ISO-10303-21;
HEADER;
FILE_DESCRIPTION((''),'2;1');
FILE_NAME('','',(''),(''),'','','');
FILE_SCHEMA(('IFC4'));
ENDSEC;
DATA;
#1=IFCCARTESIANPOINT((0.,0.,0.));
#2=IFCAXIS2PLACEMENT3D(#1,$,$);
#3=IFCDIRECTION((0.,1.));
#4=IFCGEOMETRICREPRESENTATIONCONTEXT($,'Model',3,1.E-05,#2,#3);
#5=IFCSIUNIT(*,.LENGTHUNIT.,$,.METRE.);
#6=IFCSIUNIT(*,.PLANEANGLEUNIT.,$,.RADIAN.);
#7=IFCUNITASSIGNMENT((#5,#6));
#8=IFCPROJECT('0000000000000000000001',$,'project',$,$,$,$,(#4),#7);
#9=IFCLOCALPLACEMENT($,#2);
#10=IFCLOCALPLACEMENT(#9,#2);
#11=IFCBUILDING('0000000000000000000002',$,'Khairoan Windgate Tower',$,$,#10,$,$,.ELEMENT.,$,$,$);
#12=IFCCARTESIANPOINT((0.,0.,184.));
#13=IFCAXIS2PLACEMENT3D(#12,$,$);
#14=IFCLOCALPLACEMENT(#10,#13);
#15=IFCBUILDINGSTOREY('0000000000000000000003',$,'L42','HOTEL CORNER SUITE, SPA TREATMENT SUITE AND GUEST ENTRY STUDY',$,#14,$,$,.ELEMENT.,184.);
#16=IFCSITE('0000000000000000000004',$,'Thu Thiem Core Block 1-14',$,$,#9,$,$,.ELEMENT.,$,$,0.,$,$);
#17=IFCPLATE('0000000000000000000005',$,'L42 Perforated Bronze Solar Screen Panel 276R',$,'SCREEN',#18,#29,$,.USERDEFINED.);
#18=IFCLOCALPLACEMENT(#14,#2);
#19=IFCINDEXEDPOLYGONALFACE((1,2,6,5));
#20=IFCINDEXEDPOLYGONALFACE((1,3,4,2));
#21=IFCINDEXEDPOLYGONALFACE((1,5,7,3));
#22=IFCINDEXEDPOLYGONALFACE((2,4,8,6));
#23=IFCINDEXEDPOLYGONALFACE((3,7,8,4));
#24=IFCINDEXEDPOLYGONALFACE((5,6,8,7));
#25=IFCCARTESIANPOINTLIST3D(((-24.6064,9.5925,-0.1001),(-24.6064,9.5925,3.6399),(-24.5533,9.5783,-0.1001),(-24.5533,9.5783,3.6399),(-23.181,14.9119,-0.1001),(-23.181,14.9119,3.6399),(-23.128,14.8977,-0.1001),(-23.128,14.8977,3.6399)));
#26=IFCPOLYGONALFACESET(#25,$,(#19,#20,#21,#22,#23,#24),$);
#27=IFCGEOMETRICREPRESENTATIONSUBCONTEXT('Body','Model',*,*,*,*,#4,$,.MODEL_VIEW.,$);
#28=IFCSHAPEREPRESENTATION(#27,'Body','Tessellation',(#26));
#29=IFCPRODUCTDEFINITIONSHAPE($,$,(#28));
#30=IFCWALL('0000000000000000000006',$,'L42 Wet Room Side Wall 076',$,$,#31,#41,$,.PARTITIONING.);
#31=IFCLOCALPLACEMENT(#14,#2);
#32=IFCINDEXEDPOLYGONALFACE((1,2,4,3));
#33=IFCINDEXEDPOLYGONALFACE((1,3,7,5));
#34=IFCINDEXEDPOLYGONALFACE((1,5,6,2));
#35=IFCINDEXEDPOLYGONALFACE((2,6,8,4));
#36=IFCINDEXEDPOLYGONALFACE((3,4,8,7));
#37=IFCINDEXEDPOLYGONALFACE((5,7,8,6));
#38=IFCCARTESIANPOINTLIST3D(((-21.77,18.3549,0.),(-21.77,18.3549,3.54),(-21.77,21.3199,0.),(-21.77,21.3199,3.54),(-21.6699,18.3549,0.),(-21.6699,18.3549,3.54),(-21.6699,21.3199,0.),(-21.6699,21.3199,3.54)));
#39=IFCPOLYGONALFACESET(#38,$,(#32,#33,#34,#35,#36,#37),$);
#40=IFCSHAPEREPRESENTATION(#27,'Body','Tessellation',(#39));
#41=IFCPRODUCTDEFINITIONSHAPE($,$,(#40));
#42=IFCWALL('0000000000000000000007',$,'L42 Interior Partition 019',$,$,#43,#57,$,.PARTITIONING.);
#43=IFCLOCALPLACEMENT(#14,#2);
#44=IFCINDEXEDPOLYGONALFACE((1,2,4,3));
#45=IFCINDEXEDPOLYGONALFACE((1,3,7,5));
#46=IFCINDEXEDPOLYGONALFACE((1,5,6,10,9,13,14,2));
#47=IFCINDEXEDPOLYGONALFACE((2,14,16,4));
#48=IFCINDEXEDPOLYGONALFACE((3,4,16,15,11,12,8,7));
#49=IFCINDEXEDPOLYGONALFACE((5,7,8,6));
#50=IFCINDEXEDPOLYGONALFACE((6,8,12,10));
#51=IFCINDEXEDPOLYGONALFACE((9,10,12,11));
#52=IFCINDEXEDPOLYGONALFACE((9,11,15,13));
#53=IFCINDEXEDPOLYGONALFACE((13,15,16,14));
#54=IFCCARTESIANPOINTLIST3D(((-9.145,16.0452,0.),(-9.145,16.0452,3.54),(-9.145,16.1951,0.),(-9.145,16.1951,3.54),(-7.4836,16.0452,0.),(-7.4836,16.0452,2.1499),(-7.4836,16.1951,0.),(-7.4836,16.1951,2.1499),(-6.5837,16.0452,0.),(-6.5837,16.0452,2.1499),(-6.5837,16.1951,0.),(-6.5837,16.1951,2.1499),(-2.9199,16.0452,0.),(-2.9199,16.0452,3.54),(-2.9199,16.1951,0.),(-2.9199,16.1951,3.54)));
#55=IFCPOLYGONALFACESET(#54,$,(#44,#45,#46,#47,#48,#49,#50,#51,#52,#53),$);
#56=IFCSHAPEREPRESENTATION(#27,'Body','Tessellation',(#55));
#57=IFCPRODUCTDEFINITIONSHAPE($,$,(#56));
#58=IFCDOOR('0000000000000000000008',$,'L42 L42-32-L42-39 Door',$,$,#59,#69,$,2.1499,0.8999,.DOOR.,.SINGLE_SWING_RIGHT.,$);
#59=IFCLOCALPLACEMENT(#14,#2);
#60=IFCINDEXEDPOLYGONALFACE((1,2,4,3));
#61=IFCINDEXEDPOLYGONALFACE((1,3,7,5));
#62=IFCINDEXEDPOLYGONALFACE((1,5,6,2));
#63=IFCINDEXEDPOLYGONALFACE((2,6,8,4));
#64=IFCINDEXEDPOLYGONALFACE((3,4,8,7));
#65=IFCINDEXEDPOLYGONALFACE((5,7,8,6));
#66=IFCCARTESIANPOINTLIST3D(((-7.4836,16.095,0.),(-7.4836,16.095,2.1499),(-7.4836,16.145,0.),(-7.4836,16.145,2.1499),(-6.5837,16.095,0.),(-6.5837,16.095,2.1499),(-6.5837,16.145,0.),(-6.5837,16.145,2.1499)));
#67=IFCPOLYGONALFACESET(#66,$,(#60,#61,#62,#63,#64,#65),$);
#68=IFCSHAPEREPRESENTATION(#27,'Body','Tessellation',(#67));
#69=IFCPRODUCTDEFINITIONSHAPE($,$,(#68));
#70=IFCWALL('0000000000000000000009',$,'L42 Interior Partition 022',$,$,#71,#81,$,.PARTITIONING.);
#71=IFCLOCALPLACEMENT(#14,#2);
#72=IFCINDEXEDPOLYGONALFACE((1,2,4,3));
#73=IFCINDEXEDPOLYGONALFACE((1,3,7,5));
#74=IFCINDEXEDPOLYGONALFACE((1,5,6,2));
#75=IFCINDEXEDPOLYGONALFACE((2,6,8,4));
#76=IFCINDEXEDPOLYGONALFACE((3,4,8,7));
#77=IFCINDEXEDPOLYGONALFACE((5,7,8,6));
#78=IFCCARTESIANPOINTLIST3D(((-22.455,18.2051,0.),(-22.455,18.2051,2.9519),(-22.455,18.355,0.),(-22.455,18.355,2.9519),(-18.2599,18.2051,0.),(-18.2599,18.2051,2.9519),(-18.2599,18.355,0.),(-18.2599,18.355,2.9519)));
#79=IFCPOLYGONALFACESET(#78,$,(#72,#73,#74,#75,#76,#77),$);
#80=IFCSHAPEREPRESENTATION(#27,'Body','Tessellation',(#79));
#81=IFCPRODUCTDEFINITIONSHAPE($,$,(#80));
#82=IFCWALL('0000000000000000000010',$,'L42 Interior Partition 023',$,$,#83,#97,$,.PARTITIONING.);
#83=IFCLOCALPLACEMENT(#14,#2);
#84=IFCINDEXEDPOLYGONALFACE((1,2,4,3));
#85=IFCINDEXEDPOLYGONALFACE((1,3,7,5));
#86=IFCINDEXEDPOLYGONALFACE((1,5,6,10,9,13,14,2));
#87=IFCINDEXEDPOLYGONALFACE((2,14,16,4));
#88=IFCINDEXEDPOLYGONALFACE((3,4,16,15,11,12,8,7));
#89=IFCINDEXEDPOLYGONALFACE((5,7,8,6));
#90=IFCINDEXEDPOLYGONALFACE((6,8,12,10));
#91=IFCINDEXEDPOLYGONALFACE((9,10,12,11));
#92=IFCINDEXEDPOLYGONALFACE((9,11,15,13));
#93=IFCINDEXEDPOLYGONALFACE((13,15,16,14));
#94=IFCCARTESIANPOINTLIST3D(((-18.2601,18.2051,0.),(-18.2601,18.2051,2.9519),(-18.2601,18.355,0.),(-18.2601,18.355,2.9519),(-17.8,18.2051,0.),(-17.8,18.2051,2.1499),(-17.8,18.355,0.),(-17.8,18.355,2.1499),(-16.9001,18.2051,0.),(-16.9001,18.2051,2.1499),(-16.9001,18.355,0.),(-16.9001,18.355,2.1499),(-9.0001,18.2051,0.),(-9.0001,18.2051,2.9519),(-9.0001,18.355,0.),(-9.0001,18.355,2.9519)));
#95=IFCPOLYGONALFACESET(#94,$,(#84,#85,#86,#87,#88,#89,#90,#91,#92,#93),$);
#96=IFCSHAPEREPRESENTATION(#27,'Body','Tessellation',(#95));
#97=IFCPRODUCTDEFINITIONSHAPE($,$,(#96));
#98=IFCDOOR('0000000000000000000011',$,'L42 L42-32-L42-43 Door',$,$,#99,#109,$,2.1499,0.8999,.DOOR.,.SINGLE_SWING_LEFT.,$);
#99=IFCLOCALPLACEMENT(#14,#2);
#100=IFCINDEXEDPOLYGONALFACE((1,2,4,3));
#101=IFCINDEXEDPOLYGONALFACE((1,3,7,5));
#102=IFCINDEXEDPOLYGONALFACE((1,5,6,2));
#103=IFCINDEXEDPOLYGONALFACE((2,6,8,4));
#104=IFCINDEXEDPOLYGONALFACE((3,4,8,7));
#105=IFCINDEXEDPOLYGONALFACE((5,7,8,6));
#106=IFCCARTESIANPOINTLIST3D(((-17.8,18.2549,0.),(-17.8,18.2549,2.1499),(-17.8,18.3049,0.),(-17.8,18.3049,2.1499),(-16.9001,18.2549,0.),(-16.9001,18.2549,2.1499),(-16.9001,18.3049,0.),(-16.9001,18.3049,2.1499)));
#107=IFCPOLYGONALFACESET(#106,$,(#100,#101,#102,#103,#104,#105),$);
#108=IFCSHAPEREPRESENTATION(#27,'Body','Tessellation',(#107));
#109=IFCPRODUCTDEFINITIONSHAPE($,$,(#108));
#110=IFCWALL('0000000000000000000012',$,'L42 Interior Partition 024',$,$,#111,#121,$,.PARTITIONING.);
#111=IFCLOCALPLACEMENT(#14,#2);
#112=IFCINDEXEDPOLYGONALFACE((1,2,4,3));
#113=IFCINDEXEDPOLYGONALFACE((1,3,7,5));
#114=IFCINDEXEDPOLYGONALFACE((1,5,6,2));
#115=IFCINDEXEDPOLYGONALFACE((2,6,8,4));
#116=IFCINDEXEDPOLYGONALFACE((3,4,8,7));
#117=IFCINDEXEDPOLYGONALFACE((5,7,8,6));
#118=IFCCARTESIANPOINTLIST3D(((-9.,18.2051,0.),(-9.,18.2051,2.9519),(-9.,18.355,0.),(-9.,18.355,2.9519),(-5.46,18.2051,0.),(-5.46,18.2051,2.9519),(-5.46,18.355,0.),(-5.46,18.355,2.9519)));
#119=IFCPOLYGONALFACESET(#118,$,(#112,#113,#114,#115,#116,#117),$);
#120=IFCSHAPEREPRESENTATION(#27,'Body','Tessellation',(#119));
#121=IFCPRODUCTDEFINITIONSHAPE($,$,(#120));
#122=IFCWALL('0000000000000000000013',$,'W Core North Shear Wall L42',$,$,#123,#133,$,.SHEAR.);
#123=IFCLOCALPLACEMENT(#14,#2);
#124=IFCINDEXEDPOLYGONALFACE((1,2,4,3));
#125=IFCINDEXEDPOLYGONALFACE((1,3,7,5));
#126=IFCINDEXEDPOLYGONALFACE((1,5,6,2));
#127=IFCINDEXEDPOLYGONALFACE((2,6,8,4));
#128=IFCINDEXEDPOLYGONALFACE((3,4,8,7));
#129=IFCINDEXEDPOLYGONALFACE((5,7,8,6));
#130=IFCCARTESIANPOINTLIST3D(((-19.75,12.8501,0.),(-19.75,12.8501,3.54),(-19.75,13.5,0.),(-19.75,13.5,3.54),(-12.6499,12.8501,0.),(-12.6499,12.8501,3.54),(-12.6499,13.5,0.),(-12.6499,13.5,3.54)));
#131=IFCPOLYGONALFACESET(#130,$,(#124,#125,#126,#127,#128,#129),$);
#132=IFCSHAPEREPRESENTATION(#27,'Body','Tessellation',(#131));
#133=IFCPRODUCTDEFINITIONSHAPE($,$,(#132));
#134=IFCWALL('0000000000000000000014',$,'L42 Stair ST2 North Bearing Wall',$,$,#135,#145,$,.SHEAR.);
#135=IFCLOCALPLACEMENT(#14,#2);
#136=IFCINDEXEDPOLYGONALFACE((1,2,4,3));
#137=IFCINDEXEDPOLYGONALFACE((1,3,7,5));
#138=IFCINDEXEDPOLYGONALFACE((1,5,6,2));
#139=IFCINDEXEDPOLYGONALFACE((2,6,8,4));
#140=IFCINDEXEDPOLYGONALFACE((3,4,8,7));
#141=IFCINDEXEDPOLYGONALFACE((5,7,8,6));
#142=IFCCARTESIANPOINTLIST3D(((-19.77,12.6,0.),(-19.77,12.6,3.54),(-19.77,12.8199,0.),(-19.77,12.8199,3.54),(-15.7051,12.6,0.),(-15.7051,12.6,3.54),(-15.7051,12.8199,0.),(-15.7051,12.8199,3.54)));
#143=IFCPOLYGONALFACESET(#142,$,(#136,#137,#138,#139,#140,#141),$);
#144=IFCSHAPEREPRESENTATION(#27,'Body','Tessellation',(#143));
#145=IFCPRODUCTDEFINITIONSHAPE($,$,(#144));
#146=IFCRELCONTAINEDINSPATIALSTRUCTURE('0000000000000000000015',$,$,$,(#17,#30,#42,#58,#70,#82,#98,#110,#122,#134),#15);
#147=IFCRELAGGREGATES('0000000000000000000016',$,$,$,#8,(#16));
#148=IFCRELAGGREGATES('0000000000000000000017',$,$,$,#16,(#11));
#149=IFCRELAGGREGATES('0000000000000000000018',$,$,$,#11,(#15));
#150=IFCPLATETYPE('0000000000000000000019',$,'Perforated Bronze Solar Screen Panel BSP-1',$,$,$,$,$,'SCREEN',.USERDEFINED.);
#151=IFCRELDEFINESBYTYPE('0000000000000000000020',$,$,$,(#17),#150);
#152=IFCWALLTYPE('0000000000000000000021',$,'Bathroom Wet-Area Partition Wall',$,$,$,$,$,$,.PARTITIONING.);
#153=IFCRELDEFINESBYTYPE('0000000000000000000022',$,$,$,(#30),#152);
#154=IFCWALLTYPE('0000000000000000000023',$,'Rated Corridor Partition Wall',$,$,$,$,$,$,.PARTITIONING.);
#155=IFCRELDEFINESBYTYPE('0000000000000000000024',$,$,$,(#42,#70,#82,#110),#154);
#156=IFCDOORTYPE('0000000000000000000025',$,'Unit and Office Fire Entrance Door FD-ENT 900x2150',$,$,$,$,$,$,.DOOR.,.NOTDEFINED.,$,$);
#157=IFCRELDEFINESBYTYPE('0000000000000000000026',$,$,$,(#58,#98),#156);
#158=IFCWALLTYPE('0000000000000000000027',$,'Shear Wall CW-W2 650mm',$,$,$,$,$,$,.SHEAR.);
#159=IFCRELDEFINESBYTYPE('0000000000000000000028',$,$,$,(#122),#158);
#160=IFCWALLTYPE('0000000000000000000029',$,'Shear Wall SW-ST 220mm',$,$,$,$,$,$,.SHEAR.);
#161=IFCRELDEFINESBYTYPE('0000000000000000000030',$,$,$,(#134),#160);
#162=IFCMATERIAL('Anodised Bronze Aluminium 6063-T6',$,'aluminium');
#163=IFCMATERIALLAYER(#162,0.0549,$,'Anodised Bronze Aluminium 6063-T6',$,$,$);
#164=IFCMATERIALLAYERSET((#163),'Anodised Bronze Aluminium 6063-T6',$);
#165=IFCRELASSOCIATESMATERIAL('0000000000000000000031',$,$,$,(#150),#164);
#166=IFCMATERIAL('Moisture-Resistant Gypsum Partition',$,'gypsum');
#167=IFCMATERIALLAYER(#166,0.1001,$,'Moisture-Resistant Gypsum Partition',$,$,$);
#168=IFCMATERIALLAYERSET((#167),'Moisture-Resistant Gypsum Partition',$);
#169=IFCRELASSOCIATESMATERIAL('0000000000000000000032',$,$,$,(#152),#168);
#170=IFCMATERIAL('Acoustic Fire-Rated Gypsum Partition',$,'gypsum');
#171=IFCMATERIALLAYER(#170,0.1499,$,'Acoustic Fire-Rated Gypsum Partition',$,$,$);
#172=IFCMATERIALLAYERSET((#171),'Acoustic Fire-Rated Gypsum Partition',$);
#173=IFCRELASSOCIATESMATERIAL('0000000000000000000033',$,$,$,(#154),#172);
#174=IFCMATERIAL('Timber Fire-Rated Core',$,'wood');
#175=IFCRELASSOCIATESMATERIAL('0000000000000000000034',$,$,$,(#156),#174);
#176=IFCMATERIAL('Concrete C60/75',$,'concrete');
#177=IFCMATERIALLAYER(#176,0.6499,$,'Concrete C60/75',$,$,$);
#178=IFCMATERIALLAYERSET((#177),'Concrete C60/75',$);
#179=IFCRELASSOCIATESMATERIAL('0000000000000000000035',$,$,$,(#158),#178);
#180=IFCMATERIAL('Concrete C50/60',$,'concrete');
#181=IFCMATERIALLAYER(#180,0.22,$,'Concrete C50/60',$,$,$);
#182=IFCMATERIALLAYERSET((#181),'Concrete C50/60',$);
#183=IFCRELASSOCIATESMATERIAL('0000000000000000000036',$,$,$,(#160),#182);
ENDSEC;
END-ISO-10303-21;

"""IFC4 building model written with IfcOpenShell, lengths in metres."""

from ifc_helpers import new_model, si_unit, direction, frame, frame_2d, origin, origin_2d, place, context, subcontext, project, spatial, rectangle, extrude, material, layer, layer_set, type_object, element, fill, save


model = new_model("IFC4")

# Units and contexts
model_context = context("Model", 3, precision=1e-05, world=origin(), true_north=direction((0.0, 1.0)))
body_context = subcontext(model_context, "Body", "Model", "MODEL_VIEW")
ifc_project = project(units=[si_unit("LENGTHUNIT", "METRE"), si_unit("PLANEANGLEUNIT", "RADIAN")], contexts=[model_context])

# Site, building, storey
site_placement = place(None, origin())
site = spatial("IfcSite", under=ifc_project, at=site_placement, Name="Thu Thiem Core Block 1-14", CompositionType="ELEMENT", RefElevation=0.0)
building_placement = place(site_placement, origin())
building = spatial("IfcBuilding", under=site, at=building_placement, Name="Khairoan Windgate Tower", CompositionType="ELEMENT")
storey_placement = place(building_placement, frame((0.0, 0.0, 184.0)))
storey = spatial("IfcBuildingStorey", under=building, at=storey_placement, Name="L42", Description="HOTEL CORNER SUITE, SPA TREATMENT SUITE AND GUEST ENTRY STUDY", CompositionType="ELEMENT", Elevation=184.0)

# Plate
ifc_material_1 = material(Name="Anodised Bronze Aluminium 6063-T6", Category="aluminium")
ifc_layer_1 = layer(ifc_material_1, 0.0549, Name="Anodised Bronze Aluminium 6063-T6")
ifc_layer_set_1 = layer_set([ifc_layer_1], Name="Anodised Bronze Aluminium 6063-T6")
plate_type = type_object("IfcPlateType", Name="Perforated Bronze Solar Screen Panel BSP-1", ElementType="SCREEN", PredefinedType="USERDEFINED", material=ifc_layer_set_1)
plate_placement = place(storey_placement, frame((-23.8672, 12.2451, -0.1001), z_axis=(0.0, 0.0, 1.0), x_axis=(0.258819, 0.965926, 0.0)))
element("IfcPlate", 1, at=plate_placement, inside=storey, type_object=plate_type, Name="L42 Perforated Bronze Solar Screen Panel 276R", ObjectType="SCREEN", PredefinedType="USERDEFINED", context=body_context, shape_type="SweptSolid", body=[
    extrude(rectangle(XDim=5.5071, YDim=0.0549, at=origin_2d()), origin(), (0.0, 0.0, 1.0), 3.74),
])

# Wall
ifc_material_2 = material(Name="Moisture-Resistant Gypsum Partition", Category="gypsum")
ifc_layer_2 = layer(ifc_material_2, 0.1001, Name="Moisture-Resistant Gypsum Partition")
ifc_layer_set_2 = layer_set([ifc_layer_2], Name="Moisture-Resistant Gypsum Partition")
wall_type_1 = type_object("IfcWallType", Name="Bathroom Wet-Area Partition Wall", PredefinedType="PARTITIONING", material=ifc_layer_set_2)
wall_1_placement = place(storey_placement, frame((-21.72, 18.355, 0.0), z_axis=(0.0, 0.0, 1.0), x_axis=(0.0, 1.0, 0.0)))
element("IfcWall", 2, at=wall_1_placement, inside=storey, type_object=wall_type_1, Name="L42 Wet Room Side Wall 076", PredefinedType="PARTITIONING", context=body_context, shape_type="SweptSolid", body=[
    extrude(rectangle(XDim=2.9651, YDim=0.1001, at=frame_2d((1.4824, 0.0))), origin(), (0.0, 0.0, 1.0), 3.54),
])

# Wall, opening, door
ifc_material_3 = material(Name="Acoustic Fire-Rated Gypsum Partition", Category="gypsum")
ifc_layer_3 = layer(ifc_material_3, 0.1499, Name="Acoustic Fire-Rated Gypsum Partition")
ifc_layer_set_3 = layer_set([ifc_layer_3], Name="Acoustic Fire-Rated Gypsum Partition")
wall_type_2 = type_object("IfcWallType", Name="Rated Corridor Partition Wall", PredefinedType="PARTITIONING", material=ifc_layer_set_3)
wall_2_placement = place(storey_placement, frame((-9.145, 16.1201, 0.0), z_axis=(0.0, 0.0, 1.0), x_axis=(1.0, 0.0, 0.0)))
wall_2 = element("IfcWall", 3, at=wall_2_placement, inside=storey, type_object=wall_type_2, Name="L42 Interior Partition 019", PredefinedType="PARTITIONING", context=body_context, shape_type="SweptSolid", body=[
    extrude(rectangle(XDim=6.2251, YDim=0.1499, at=frame_2d((3.1125, 0.0))), origin(), (0.0, 0.0, 1.0), 3.54),
])
opening_1_placement = place(wall_2_placement, frame((1.6614, 0.0, 0.0)))
opening_1 = element("IfcOpeningElement", 4, at=opening_1_placement, cuts=wall_2, PredefinedType="OPENING", context=body_context, shape_type="SweptSolid", body=[
    extrude(rectangle(XDim=0.8999, YDim=2.1499, at=frame_2d((0.45, 1.075))), frame((0.0, 0.085, 0.0), z_axis=(0.0, -1.0, 0.0), x_axis=(1.0, 0.0, 0.0)), (0.0, 0.0, 1.0), 0.1699),
])
ifc_material_4 = material(Name="Timber Fire-Rated Core", Category="wood")
door_type = type_object("IfcDoorType", Name="Unit and Office Fire Entrance Door FD-ENT 900x2150", OperationType="NOTDEFINED", PredefinedType="DOOR", material=ifc_material_4)
door_1_placement = place(opening_1_placement, origin())
door_1 = element("IfcDoor", 5, at=door_1_placement, inside=storey, type_object=door_type, Name="L42 L42-32-L42-39 Door", OperationType="SINGLE_SWING_RIGHT", OverallHeight=2.1499, OverallWidth=0.8999, PredefinedType="DOOR", context=body_context, shape_type="SweptSolid", body=[
    extrude(rectangle(XDim=0.8999, YDim=2.1499, at=frame_2d((0.45, 1.075))), frame((0.0, 0.0249, 0.0), z_axis=(0.0, -1.0, 0.0), x_axis=(1.0, 0.0, 0.0)), (0.0, 0.0, 1.0), 0.05),
])
fill(opening_1, door_1)

# Wall
wall_3_placement = place(storey_placement, frame((-22.4551, 18.28, 0.0), z_axis=(0.0, 0.0, 1.0), x_axis=(1.0, 0.0, 0.0)))
element("IfcWall", 6, at=wall_3_placement, inside=storey, type_object=wall_type_2, Name="L42 Interior Partition 022", PredefinedType="PARTITIONING", context=body_context, shape_type="SweptSolid", body=[
    extrude(rectangle(XDim=4.1951, YDim=0.1499, at=frame_2d((2.0977, 0.0))), origin(), (0.0, 0.0, 1.0), 2.9519),
])

# Wall, opening, door
wall_4_placement = place(storey_placement, frame((-18.26, 18.28, 0.0), z_axis=(0.0, 0.0, 1.0), x_axis=(1.0, 0.0, 0.0)))
wall_4 = element("IfcWall", 7, at=wall_4_placement, inside=storey, type_object=wall_type_2, Name="L42 Interior Partition 023", PredefinedType="PARTITIONING", context=body_context, shape_type="SweptSolid", body=[
    extrude(rectangle(XDim=9.26, YDim=0.1499, at=frame_2d((4.6299, 0.0))), origin(), (0.0, 0.0, 1.0), 2.9519),
])
opening_2_placement = place(wall_4_placement, frame((0.46, 0.0, 0.0)))
opening_2 = element("IfcOpeningElement", 8, at=opening_2_placement, cuts=wall_4, PredefinedType="OPENING", context=body_context, shape_type="SweptSolid", body=[
    extrude(rectangle(XDim=0.8999, YDim=2.1499, at=frame_2d((0.45, 1.075))), frame((0.0, 0.085, 0.0), z_axis=(0.0, -1.0, 0.0), x_axis=(1.0, 0.0, 0.0)), (0.0, 0.0, 1.0), 0.1699),
])
door_2_placement = place(opening_2_placement, origin())
door_2 = element("IfcDoor", 9, at=door_2_placement, inside=storey, type_object=door_type, Name="L42 L42-32-L42-43 Door", OperationType="SINGLE_SWING_LEFT", OverallHeight=2.1499, OverallWidth=0.8999, PredefinedType="DOOR", context=body_context, shape_type="SweptSolid", body=[
    extrude(rectangle(XDim=0.8999, YDim=2.1499, at=frame_2d((0.45, 1.075))), frame((0.0, 0.0249, 0.0), z_axis=(0.0, -1.0, 0.0), x_axis=(1.0, 0.0, 0.0)), (0.0, 0.0, 1.0), 0.05),
])
fill(opening_2, door_2)

# Wall
wall_5_placement = place(storey_placement, frame((-9.0, 18.28, 0.0), z_axis=(0.0, 0.0, 1.0), x_axis=(1.0, 0.0, 0.0)))
element("IfcWall", 10, at=wall_5_placement, inside=storey, type_object=wall_type_2, Name="L42 Interior Partition 024", PredefinedType="PARTITIONING", context=body_context, shape_type="SweptSolid", body=[
    extrude(rectangle(XDim=3.54, YDim=0.1499, at=frame_2d((1.77, 0.0))), origin(), (0.0, 0.0, 1.0), 2.9519),
])

# Walls
ifc_material_5 = material(Name="Concrete C60/75", Category="concrete")
ifc_layer_4 = layer(ifc_material_5, 0.6499, Name="Concrete C60/75")
ifc_layer_set_4 = layer_set([ifc_layer_4], Name="Concrete C60/75")
wall_type_3 = type_object("IfcWallType", Name="Shear Wall CW-W2 650mm", PredefinedType="SHEAR", material=ifc_layer_set_4)
wall_6_placement = place(storey_placement, frame((-19.75, 13.175, 0.0), z_axis=(0.0, 0.0, 1.0), x_axis=(1.0, 0.0, 0.0)))
element("IfcWall", 11, at=wall_6_placement, inside=storey, type_object=wall_type_3, Name="W Core North Shear Wall L42", PredefinedType="SHEAR", context=body_context, shape_type="SweptSolid", body=[
    extrude(rectangle(XDim=7.1001, YDim=0.6499, at=frame_2d((3.55, 0.0))), origin(), (0.0, 0.0, 1.0), 3.54),
])
ifc_material_6 = material(Name="Concrete C50/60", Category="concrete")
ifc_layer_5 = layer(ifc_material_6, 0.22, Name="Concrete C50/60")
ifc_layer_set_5 = layer_set([ifc_layer_5], Name="Concrete C50/60")
wall_type_4 = type_object("IfcWallType", Name="Shear Wall SW-ST 220mm", PredefinedType="SHEAR", material=ifc_layer_set_5)
wall_7_placement = place(storey_placement, frame((-19.77, 12.71, 0.0), z_axis=(0.0, 0.0, 1.0), x_axis=(1.0, 0.0, 0.0)))
element("IfcWall", 12, at=wall_7_placement, inside=storey, type_object=wall_type_4, Name="L42 Stair ST2 North Bearing Wall", PredefinedType="SHEAR", context=body_context, shape_type="SweptSolid", body=[
    extrude(rectangle(XDim=4.0649, YDim=0.22, at=frame_2d((2.0325, 0.0))), origin(), (0.0, 0.0, 1.0), 3.54),
])

save(model, "model.ifc")
